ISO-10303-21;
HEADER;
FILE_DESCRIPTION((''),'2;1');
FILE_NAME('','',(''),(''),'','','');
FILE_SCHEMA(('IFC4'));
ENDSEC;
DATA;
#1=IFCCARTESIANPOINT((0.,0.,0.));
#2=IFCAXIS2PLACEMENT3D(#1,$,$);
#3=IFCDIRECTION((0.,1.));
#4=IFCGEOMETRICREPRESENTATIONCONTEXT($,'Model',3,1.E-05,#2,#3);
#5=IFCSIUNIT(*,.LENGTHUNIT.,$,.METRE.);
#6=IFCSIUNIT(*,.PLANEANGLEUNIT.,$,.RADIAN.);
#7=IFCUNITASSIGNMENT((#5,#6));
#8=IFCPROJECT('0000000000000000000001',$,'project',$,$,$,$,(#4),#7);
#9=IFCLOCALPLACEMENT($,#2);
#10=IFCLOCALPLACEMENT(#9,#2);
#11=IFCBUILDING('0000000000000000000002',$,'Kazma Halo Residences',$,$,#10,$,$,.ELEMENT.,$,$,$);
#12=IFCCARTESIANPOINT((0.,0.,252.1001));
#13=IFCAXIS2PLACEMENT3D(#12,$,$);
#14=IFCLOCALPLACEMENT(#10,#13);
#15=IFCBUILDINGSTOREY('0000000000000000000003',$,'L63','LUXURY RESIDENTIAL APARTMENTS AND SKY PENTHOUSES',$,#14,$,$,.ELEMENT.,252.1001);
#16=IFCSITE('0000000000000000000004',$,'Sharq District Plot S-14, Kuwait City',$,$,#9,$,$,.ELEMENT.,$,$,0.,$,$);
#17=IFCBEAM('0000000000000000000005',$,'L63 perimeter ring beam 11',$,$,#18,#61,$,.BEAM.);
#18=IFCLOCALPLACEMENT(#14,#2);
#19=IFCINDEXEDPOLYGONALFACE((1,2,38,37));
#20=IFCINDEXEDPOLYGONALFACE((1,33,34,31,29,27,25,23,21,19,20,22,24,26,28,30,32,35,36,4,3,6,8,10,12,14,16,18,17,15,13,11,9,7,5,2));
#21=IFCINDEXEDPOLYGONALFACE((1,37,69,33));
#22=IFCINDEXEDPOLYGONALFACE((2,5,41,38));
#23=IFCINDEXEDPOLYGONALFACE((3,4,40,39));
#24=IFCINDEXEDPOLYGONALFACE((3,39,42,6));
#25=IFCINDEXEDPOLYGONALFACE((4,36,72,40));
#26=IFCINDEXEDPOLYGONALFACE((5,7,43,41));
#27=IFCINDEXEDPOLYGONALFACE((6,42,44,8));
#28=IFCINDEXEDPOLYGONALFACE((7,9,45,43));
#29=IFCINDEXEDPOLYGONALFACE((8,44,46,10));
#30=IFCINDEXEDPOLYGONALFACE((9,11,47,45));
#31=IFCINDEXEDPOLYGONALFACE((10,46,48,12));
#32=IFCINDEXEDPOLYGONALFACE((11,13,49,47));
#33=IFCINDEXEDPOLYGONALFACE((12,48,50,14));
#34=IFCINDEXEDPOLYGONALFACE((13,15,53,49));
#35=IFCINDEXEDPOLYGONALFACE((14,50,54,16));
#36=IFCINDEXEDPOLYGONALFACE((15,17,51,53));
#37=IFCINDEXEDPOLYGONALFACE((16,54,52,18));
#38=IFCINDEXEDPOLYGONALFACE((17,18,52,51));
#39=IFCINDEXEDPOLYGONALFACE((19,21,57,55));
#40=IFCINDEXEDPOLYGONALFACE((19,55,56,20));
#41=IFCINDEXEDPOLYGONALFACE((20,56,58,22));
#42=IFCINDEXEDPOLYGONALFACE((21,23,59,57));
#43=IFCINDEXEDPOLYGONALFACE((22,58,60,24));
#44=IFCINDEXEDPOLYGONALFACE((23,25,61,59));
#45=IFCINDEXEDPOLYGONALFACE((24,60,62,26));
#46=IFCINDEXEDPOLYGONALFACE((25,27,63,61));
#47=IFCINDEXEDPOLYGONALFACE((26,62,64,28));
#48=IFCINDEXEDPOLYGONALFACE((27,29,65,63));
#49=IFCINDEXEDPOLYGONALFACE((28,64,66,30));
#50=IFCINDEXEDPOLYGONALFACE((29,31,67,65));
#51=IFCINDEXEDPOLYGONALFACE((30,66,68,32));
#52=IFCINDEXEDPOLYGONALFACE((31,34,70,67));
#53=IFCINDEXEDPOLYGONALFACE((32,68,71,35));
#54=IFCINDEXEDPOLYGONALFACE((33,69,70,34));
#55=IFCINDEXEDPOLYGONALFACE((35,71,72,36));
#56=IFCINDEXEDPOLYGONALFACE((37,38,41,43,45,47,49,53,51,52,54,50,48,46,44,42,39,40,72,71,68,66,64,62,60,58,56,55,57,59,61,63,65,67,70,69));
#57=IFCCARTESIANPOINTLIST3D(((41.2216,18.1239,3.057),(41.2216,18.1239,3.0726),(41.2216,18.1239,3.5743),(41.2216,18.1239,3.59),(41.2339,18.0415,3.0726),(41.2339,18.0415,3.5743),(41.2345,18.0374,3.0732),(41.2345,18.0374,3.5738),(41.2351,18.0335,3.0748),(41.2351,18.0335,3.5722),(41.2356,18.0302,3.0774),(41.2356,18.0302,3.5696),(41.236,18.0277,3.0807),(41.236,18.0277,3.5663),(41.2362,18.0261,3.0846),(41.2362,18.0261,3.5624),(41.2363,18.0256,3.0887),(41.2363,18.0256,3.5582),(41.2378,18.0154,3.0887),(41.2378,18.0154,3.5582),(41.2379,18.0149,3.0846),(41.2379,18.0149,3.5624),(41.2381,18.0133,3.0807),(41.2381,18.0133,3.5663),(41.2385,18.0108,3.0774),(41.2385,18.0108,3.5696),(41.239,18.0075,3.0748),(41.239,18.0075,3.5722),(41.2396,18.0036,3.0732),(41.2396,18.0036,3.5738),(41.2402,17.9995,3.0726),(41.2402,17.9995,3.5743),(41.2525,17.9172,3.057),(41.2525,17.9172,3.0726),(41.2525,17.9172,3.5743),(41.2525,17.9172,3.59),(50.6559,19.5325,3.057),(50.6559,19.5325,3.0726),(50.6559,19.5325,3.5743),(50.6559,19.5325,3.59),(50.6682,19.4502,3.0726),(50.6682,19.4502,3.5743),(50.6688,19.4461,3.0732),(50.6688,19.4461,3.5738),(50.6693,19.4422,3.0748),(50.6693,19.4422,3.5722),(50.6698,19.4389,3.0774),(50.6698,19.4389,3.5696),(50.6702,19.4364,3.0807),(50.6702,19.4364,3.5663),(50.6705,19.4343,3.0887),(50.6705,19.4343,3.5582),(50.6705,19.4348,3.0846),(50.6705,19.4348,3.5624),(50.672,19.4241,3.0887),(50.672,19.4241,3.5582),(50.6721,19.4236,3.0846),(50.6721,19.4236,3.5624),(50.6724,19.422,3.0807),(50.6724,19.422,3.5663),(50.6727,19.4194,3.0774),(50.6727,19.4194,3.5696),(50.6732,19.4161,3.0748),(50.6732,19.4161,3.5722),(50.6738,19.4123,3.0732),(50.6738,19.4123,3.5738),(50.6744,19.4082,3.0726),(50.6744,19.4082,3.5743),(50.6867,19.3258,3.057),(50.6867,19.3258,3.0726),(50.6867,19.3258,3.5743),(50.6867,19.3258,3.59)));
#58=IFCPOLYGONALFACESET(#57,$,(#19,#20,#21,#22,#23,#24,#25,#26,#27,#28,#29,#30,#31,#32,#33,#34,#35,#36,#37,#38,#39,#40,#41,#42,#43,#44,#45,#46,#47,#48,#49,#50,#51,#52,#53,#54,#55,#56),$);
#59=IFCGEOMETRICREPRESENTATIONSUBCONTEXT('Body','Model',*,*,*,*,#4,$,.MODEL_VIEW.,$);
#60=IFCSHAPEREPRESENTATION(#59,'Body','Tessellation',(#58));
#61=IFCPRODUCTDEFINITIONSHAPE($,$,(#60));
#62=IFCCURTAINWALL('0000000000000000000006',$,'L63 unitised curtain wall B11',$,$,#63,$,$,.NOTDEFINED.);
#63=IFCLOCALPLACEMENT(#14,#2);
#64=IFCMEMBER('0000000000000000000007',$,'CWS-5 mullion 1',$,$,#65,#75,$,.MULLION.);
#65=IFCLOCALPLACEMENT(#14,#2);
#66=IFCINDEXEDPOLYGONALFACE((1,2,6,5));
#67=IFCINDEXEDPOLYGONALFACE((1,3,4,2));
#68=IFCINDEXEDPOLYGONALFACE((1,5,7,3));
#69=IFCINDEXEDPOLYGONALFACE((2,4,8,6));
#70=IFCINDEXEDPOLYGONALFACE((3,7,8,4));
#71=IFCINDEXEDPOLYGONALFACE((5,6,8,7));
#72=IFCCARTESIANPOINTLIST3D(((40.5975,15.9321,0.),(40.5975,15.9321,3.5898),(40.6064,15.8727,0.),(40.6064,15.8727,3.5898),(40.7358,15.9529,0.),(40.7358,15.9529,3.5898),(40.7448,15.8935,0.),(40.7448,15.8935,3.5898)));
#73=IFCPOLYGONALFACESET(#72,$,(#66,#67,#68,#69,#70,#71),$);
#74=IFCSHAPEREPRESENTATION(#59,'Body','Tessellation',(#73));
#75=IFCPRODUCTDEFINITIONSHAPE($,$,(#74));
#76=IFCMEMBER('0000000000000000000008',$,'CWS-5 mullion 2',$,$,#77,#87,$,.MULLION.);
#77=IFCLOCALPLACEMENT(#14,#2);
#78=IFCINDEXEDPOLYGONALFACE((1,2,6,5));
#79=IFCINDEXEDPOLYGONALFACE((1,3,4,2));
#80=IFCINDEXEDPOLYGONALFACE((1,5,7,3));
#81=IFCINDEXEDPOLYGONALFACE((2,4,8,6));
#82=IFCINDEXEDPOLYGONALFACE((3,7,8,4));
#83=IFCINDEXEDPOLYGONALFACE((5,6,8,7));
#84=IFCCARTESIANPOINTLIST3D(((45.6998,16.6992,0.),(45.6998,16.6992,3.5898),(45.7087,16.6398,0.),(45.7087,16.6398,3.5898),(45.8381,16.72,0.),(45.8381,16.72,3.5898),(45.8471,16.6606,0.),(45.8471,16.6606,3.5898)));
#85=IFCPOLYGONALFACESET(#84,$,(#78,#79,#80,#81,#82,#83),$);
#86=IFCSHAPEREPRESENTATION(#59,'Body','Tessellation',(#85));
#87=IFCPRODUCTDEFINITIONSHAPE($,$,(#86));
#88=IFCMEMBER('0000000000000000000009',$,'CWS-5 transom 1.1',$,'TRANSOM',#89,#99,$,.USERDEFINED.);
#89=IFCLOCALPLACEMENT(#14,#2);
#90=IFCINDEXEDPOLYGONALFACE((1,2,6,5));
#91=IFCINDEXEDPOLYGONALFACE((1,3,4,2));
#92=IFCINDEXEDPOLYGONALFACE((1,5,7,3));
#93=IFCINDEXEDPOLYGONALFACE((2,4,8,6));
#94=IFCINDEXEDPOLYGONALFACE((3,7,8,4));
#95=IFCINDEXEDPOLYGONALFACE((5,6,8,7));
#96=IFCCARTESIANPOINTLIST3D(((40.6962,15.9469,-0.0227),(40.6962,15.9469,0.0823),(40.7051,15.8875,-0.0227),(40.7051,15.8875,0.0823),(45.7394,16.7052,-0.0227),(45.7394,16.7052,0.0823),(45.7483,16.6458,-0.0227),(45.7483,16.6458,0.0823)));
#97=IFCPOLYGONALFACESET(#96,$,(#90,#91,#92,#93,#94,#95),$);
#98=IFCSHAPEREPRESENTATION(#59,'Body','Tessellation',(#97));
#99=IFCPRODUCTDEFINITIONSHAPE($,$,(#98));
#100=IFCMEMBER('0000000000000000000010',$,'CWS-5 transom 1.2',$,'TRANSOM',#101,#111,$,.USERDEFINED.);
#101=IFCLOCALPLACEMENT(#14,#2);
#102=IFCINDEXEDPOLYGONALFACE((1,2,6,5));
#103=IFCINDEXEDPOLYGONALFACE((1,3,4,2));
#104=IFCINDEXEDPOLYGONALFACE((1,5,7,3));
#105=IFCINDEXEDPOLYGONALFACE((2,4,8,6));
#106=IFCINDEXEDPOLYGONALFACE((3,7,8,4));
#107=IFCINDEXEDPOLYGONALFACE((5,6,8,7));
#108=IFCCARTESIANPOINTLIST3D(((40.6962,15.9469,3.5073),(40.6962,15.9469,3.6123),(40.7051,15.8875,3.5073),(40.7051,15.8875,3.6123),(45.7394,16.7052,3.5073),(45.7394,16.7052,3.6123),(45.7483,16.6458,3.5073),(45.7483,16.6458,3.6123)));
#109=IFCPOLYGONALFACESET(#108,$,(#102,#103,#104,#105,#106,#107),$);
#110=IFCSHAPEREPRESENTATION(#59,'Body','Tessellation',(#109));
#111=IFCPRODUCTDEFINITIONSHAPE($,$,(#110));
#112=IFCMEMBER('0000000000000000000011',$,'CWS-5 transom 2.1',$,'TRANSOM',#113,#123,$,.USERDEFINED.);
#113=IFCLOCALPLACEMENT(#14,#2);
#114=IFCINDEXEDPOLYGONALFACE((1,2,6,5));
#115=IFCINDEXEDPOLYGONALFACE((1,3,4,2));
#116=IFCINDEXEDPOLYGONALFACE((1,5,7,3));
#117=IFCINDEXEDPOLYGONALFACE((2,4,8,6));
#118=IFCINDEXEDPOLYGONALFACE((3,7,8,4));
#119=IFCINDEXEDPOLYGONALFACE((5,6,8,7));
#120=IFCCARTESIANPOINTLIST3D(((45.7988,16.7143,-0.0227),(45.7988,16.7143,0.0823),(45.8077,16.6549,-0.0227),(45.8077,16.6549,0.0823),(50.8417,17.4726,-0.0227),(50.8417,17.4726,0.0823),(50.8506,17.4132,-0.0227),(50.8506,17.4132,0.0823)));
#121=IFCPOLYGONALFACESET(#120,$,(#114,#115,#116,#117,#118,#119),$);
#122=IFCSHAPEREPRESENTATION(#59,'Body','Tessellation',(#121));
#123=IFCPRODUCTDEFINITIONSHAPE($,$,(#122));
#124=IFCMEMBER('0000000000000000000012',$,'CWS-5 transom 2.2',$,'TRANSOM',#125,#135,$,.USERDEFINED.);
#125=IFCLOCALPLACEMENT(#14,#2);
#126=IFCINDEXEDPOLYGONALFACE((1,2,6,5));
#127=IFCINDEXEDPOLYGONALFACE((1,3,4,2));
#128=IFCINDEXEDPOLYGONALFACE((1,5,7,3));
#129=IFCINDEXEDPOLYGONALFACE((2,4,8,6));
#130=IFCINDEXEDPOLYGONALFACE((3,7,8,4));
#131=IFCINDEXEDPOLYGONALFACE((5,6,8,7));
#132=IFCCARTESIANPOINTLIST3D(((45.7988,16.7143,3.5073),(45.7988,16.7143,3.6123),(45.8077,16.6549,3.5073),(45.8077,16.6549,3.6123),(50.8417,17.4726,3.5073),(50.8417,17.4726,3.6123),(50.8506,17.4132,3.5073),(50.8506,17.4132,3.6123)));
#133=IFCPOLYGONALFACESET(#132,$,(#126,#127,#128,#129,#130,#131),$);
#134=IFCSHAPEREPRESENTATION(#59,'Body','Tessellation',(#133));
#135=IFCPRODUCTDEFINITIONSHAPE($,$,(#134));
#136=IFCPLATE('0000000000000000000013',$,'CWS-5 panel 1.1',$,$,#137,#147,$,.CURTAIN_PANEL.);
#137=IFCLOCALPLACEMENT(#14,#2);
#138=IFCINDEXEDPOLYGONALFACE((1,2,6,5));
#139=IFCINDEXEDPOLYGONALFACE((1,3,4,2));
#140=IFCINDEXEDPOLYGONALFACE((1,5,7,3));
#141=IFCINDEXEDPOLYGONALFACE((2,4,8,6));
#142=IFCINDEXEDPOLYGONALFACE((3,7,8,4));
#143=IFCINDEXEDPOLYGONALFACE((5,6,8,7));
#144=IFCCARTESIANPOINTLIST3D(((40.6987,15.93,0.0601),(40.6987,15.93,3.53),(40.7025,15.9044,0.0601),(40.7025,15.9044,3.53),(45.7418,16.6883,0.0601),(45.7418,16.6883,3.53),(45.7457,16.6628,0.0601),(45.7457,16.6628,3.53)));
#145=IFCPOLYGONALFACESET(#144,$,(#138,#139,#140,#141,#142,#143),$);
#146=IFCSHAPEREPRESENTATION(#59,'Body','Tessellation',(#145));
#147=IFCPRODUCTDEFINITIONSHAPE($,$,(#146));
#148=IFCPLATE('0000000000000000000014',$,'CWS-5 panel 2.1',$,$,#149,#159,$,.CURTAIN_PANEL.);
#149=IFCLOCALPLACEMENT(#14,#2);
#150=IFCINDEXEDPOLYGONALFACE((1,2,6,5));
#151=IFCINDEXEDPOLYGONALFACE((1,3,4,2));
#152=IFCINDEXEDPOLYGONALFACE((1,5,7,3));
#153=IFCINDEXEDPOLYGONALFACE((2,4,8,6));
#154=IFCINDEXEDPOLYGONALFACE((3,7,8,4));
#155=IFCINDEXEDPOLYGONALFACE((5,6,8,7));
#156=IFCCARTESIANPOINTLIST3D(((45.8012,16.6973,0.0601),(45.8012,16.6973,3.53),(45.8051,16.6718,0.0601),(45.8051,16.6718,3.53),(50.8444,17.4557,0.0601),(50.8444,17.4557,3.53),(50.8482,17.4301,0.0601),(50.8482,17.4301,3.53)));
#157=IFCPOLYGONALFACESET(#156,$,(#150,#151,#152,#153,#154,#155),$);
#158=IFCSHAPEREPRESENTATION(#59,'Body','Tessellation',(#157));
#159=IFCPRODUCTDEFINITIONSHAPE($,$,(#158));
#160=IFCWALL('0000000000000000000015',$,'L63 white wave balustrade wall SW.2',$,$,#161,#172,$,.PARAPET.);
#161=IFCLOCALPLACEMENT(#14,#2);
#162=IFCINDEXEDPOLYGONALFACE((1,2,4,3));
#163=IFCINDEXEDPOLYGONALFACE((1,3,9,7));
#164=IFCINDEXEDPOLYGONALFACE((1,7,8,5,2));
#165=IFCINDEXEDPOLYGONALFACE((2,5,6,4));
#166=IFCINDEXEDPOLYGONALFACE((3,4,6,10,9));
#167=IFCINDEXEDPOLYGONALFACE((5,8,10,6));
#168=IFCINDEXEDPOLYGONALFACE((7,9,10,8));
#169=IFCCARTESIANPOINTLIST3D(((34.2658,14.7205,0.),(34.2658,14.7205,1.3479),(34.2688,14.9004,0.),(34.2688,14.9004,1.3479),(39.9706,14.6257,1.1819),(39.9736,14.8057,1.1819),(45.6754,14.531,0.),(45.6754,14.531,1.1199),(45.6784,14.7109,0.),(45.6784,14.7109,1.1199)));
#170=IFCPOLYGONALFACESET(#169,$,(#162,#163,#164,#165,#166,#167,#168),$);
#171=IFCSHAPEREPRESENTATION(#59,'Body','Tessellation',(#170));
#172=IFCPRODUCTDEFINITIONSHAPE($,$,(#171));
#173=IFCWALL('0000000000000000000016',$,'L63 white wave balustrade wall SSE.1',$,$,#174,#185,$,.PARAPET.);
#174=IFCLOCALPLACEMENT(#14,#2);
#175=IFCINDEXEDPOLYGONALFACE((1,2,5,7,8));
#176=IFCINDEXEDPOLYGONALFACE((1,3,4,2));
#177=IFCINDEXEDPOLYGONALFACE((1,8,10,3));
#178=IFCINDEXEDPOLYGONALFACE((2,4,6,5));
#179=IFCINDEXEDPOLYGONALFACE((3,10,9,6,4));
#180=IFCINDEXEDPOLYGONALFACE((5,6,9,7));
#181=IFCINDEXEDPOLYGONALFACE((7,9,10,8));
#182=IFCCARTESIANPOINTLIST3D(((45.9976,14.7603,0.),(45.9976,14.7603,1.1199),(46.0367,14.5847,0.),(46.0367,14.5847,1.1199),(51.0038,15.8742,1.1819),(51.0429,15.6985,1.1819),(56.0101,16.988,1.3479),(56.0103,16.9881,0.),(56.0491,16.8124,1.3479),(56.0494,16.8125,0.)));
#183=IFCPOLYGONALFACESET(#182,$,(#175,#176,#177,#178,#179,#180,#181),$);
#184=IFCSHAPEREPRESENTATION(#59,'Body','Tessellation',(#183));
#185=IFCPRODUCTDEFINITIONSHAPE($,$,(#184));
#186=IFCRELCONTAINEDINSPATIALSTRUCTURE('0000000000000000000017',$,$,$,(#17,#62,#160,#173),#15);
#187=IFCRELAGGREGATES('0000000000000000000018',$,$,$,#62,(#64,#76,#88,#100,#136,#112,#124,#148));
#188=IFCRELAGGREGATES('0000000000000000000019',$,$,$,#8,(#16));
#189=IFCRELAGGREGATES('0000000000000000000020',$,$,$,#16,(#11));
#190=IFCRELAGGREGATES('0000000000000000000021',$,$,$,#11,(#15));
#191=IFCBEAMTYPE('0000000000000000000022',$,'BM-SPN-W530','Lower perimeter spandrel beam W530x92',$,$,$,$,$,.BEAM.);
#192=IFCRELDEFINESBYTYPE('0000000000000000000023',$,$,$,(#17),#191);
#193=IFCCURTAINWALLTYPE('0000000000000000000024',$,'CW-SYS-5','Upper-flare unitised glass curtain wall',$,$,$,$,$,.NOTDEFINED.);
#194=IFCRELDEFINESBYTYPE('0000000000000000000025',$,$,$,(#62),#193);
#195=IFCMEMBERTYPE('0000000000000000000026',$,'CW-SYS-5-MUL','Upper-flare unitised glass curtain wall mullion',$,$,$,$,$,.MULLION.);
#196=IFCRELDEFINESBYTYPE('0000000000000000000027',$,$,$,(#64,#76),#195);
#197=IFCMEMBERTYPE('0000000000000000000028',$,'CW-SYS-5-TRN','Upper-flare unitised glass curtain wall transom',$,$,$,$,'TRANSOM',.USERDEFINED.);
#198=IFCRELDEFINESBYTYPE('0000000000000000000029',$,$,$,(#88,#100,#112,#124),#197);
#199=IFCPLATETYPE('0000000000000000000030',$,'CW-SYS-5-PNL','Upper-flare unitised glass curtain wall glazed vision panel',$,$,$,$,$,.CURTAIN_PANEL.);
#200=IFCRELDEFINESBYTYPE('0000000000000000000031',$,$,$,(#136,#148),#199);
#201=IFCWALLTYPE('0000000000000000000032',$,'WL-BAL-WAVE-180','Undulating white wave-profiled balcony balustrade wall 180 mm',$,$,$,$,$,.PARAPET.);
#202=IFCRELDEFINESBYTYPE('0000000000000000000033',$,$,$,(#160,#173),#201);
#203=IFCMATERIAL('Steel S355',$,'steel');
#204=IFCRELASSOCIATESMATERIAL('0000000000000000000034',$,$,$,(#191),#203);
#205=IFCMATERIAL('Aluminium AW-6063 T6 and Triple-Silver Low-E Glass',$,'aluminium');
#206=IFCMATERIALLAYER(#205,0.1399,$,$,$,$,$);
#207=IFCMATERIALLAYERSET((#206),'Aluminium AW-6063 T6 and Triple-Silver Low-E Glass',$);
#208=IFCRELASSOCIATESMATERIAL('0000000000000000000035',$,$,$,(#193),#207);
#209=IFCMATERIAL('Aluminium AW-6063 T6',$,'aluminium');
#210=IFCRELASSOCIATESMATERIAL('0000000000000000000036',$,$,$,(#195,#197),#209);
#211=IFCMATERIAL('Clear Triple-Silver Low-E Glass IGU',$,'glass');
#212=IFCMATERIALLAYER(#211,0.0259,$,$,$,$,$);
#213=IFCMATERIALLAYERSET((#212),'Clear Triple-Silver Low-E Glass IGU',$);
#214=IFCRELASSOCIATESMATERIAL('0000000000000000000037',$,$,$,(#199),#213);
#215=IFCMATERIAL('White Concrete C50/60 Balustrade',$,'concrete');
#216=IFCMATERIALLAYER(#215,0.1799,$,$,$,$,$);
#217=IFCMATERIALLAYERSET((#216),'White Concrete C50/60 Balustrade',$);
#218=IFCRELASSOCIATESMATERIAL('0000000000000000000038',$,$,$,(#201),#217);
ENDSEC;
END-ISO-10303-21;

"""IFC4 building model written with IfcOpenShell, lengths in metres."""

from ifc_helpers import new_model, si_unit, direction, frame, origin, origin_2d, place, context, subcontext, project, spatial, polyline, rectangle, i_section, outline, extrude, material, layer, layer_set, material_profile, profile_set, type_object, element, aggregate, save


model = new_model("IFC4")

# Units and contexts
model_context = context("Model", 3, precision=1e-05, world=origin(), true_north=direction((0.0, 1.0)))
body_context = subcontext(model_context, "Body", "Model", "MODEL_VIEW")
ifc_project = project(units=[si_unit("LENGTHUNIT", "METRE"), si_unit("PLANEANGLEUNIT", "RADIAN")], contexts=[model_context])

# Site, building, storey
site_placement = place(None, origin())
site = spatial("IfcSite", under=ifc_project, at=site_placement, Name="Sharq District Plot S-14, Kuwait City", CompositionType="ELEMENT", RefElevation=0.0)
building_placement = place(site_placement, origin())
building = spatial("IfcBuilding", under=site, at=building_placement, Name="Kazma Halo Residences", CompositionType="ELEMENT")
storey_placement = place(building_placement, frame((0.0, 0.0, 252.1001)))
storey = spatial("IfcBuildingStorey", under=building, at=storey_placement, Name="L63", Description="LUXURY RESIDENTIAL APARTMENTS AND SKY PENTHOUSES", CompositionType="ELEMENT", Elevation=252.1001)

# Beam
ifc_material_1 = material(Name="Steel S355", Category="steel")
ifc_material_profile_1 = material_profile(ifc_material_1, i_section(OverallWidth=0.209, OverallDepth=0.533, WebThickness=0.0103, FlangeThickness=0.0156, FilletRadius=0.0161, at=origin_2d()), Name="W530x92")
ifc_profile_set_1 = profile_set([ifc_material_profile_1], Name="Steel S355")
beam_type_1 = type_object("IfcBeamType", Name="BM-SPN-W530", Description="Lower perimeter spandrel beam W530x92", PredefinedType="BEAM", material=ifc_profile_set_1)
beam_1_placement = place(storey_placement, frame((41.2371, 18.0205, 3.3235), z_axis=(0.989035, 0.147678, 0.0), x_axis=(-0.147678, 0.989035, 0.0)))
element("IfcBeam", 1, at=beam_1_placement, inside=storey, type_object=beam_type_1, Name="L63 perimeter ring beam 11", PredefinedType="BEAM", context=body_context, shape_type="SweptSolid", body=[
    extrude(i_section(OverallWidth=0.209, OverallDepth=0.533, WebThickness=0.0103, FlangeThickness=0.0156, FilletRadius=0.0161, at=origin_2d()), origin(), (0.0, 0.0, 1.0), 9.5388),
])

# Curtain wall, members, plates
ifc_material_2 = material(Name="Aluminium AW-6063 T6 and Triple-Silver Low-E Glass", Category="aluminium")
ifc_layer_1 = layer(ifc_material_2, 0.1399)
ifc_layer_set_1 = layer_set([ifc_layer_1], Name="Aluminium AW-6063 T6 and Triple-Silver Low-E Glass")
curtain_wall_type = type_object("IfcCurtainWallType", Name="CW-SYS-5", Description="Upper-flare unitised glass curtain wall", PredefinedType="NOTDEFINED", material=ifc_layer_set_1)
curtain_wall_placement = place(storey_placement, origin())
curtain_wall = element("IfcCurtainWall", 2, at=curtain_wall_placement, inside=storey, type_object=curtain_wall_type, Name="L63 unitised curtain wall B11", PredefinedType="NOTDEFINED")
ifc_material_3 = material(Name="Aluminium AW-6063 T6", Category="aluminium")
ifc_material_profile_2 = material_profile(ifc_material_3, rectangle(XDim=0.0601, YDim=0.1399, at=origin_2d()), Name="CWM-60x140")
ifc_profile_set_2 = profile_set([ifc_material_profile_2], Name="Aluminium AW-6063 T6")
member_type_1 = type_object("IfcMemberType", Name="CW-SYS-5-MUL", Description="Upper-flare unitised glass curtain wall mullion", PredefinedType="MULLION", material=ifc_profile_set_2)
member_1_placement = place(storey_placement, frame((40.6711, 15.9128, 0.0), z_axis=(0.0, 0.0, 1.0), x_axis=(-0.148697, 0.988883, 0.0)))
member_1 = element("IfcMember", 3, at=member_1_placement, type_object=member_type_1, Name="CWS-5 mullion 1", PredefinedType="MULLION", context=body_context, shape_type="SweptSolid", body=[
    extrude(rectangle(XDim=0.0601, YDim=0.1399, at=origin_2d()), origin(), (0.0, 0.0, 1.0), 3.5898),
])
member_2_placement = place(storey_placement, frame((45.7734, 16.6799, 0.0), z_axis=(0.0, 0.0, 1.0), x_axis=(-0.148697, 0.988883, 0.0)))
member_2 = element("IfcMember", 4, at=member_2_placement, type_object=member_type_1, Name="CWS-5 mullion 2", PredefinedType="MULLION", context=body_context, shape_type="SweptSolid", body=[
    extrude(rectangle(XDim=0.0601, YDim=0.1399, at=origin_2d()), origin(), (0.0, 0.0, 1.0), 3.5898),
])
ifc_material_profile_3 = material_profile(ifc_material_3, rectangle(XDim=0.0601, YDim=0.105, at=origin_2d()), Name="CWT-60x105")
ifc_profile_set_3 = profile_set([ifc_material_profile_3], Name="Aluminium AW-6063 T6")
member_type_2 = type_object("IfcMemberType", Name="CW-SYS-5-TRN", Description="Upper-flare unitised glass curtain wall transom", ElementType="TRANSOM", PredefinedType="USERDEFINED", material=ifc_profile_set_3)
member_3_placement = place(storey_placement, frame((40.7007, 15.9172, 0.0298), z_axis=(0.988884, 0.148689, 0.0), x_axis=(-0.148689, 0.988884, 0.0)))
member_3 = element("IfcMember", 5, at=member_3_placement, type_object=member_type_2, Name="CWS-5 transom 1.1", ObjectType="TRANSOM", PredefinedType="USERDEFINED", context=body_context, shape_type="SweptSolid", body=[
    extrude(rectangle(XDim=0.0601, YDim=0.105, at=origin_2d()), origin(), (0.0, 0.0, 1.0), 5.0999),
])
member_4_placement = place(storey_placement, frame((40.7007, 15.9172, 3.5598), z_axis=(0.988884, 0.148689, 0.0), x_axis=(-0.148689, 0.988884, 0.0)))
member_4 = element("IfcMember", 6, at=member_4_placement, type_object=member_type_2, Name="CWS-5 transom 1.2", ObjectType="TRANSOM", PredefinedType="USERDEFINED", context=body_context, shape_type="SweptSolid", body=[
    extrude(rectangle(XDim=0.0601, YDim=0.105, at=origin_2d()), origin(), (0.0, 0.0, 1.0), 5.0999),
])
member_5_placement = place(storey_placement, frame((45.8032, 16.6846, 0.0298), z_axis=(0.988883, 0.148696, 0.0), x_axis=(-0.148696, 0.988883, 0.0)))
member_5 = element("IfcMember", 7, at=member_5_placement, type_object=member_type_2, Name="CWS-5 transom 2.1", ObjectType="TRANSOM", PredefinedType="USERDEFINED", context=body_context, shape_type="SweptSolid", body=[
    extrude(rectangle(XDim=0.0601, YDim=0.105, at=origin_2d()), origin(), (0.0, 0.0, 1.0), 5.0996),
])
member_6_placement = place(storey_placement, frame((45.8032, 16.6846, 3.5598), z_axis=(0.988883, 0.148696, 0.0), x_axis=(-0.148696, 0.988883, 0.0)))
member_6 = element("IfcMember", 8, at=member_6_placement, type_object=member_type_2, Name="CWS-5 transom 2.2", ObjectType="TRANSOM", PredefinedType="USERDEFINED", context=body_context, shape_type="SweptSolid", body=[
    extrude(rectangle(XDim=0.0601, YDim=0.105, at=origin_2d()), origin(), (0.0, 0.0, 1.0), 5.0996),
])
ifc_material_4 = material(Name="Clear Triple-Silver Low-E Glass IGU", Category="glass")
ifc_layer_2 = layer(ifc_material_4, 0.0259)
ifc_layer_set_2 = layer_set([ifc_layer_2], Name="Clear Triple-Silver Low-E Glass IGU")
plate_type = type_object("IfcPlateType", Name="CW-SYS-5-PNL", Description="Upper-flare unitised glass curtain wall glazed vision panel", PredefinedType="CURTAIN_PANEL", material=ifc_layer_set_2)
plate_1_placement = place(storey_placement, frame((43.2222, 16.2964, 0.0601), z_axis=(0.0, 0.0, 1.0), x_axis=(0.988883, 0.148697, 0.0)))
plate_1 = element("IfcPlate", 9, at=plate_1_placement, type_object=plate_type, Name="CWS-5 panel 1.1", PredefinedType="CURTAIN_PANEL", context=body_context, shape_type="SweptSolid", body=[
    extrude(rectangle(XDim=5.0999, YDim=0.0259, at=origin_2d()), origin(), (0.0, 0.0, 1.0), 3.47),
])
plate_2_placement = place(storey_placement, frame((48.3247, 17.0637, 0.0601), z_axis=(0.0, 0.0, 1.0), x_axis=(0.988883, 0.148697, 0.0)))
plate_2 = element("IfcPlate", 10, at=plate_2_placement, type_object=plate_type, Name="CWS-5 panel 2.1", PredefinedType="CURTAIN_PANEL", context=body_context, shape_type="SweptSolid", body=[
    extrude(rectangle(XDim=5.0999, YDim=0.0259, at=origin_2d()), origin(), (0.0, 0.0, 1.0), 3.47),
])
aggregate(curtain_wall, [member_1, member_2, member_3, member_4, plate_1, member_5, member_6, plate_2])

# Walls
ifc_material_5 = material(Name="White Concrete C50/60 Balustrade", Category="concrete")
ifc_layer_3 = layer(ifc_material_5, 0.1799)
ifc_layer_set_3 = layer_set([ifc_layer_3], Name="White Concrete C50/60 Balustrade")
wall_type_1 = type_object("IfcWallType", Name="WL-BAL-WAVE-180", Description="Undulating white wave-profiled balcony balustrade wall 180 mm", PredefinedType="PARAPET", material=ifc_layer_set_3)
wall_1_placement = place(storey_placement, frame((34.2673, 14.8105, 0.0), z_axis=(0.0, 0.0, 1.0), x_axis=(0.999862, -0.016602, 0.0)))
element("IfcWall", 11, at=wall_1_placement, inside=storey, type_object=wall_type_1, Name="L63 white wave balustrade wall SW.2", PredefinedType="PARAPET", context=body_context, shape_type="SweptSolid", body=[
    extrude(outline(polyline([(0.0, 0.0), (11.4111, 0.0), (11.4111, 1.1199), (5.7056, 1.1819), (0.0, 1.3479), (0.0, 0.0)])), frame((0.0, 0.0898, 0.0), z_axis=(0.0, -1.0, 0.0), x_axis=(1.0, 0.0, 0.0)), (0.0, 0.0, 1.0), 0.1799),
])
wall_2_placement = place(storey_placement, frame((46.0171, 14.6726, 0.0), z_axis=(0.0, 0.0, 1.0), x_axis=(0.97613, 0.217185, 0.0)))
element("IfcWall", 12, at=wall_2_placement, inside=storey, type_object=wall_type_1, Name="L63 white wave balustrade wall SSE.1", PredefinedType="PARAPET", context=body_context, shape_type="SweptSolid", body=[
    extrude(outline(polyline([(0.0, 0.0), (10.2576, 0.0), (10.2573, 1.3479), (5.1287, 1.1819), (0.0, 1.1199), (0.0, 0.0)])), frame((0.0, 0.0898, 0.0), z_axis=(0.0, -1.0, 0.0), x_axis=(1.0, 0.0, 0.0)), (0.0, 0.0, 1.0), 0.1799),
])

save(model, "model.ifc")
